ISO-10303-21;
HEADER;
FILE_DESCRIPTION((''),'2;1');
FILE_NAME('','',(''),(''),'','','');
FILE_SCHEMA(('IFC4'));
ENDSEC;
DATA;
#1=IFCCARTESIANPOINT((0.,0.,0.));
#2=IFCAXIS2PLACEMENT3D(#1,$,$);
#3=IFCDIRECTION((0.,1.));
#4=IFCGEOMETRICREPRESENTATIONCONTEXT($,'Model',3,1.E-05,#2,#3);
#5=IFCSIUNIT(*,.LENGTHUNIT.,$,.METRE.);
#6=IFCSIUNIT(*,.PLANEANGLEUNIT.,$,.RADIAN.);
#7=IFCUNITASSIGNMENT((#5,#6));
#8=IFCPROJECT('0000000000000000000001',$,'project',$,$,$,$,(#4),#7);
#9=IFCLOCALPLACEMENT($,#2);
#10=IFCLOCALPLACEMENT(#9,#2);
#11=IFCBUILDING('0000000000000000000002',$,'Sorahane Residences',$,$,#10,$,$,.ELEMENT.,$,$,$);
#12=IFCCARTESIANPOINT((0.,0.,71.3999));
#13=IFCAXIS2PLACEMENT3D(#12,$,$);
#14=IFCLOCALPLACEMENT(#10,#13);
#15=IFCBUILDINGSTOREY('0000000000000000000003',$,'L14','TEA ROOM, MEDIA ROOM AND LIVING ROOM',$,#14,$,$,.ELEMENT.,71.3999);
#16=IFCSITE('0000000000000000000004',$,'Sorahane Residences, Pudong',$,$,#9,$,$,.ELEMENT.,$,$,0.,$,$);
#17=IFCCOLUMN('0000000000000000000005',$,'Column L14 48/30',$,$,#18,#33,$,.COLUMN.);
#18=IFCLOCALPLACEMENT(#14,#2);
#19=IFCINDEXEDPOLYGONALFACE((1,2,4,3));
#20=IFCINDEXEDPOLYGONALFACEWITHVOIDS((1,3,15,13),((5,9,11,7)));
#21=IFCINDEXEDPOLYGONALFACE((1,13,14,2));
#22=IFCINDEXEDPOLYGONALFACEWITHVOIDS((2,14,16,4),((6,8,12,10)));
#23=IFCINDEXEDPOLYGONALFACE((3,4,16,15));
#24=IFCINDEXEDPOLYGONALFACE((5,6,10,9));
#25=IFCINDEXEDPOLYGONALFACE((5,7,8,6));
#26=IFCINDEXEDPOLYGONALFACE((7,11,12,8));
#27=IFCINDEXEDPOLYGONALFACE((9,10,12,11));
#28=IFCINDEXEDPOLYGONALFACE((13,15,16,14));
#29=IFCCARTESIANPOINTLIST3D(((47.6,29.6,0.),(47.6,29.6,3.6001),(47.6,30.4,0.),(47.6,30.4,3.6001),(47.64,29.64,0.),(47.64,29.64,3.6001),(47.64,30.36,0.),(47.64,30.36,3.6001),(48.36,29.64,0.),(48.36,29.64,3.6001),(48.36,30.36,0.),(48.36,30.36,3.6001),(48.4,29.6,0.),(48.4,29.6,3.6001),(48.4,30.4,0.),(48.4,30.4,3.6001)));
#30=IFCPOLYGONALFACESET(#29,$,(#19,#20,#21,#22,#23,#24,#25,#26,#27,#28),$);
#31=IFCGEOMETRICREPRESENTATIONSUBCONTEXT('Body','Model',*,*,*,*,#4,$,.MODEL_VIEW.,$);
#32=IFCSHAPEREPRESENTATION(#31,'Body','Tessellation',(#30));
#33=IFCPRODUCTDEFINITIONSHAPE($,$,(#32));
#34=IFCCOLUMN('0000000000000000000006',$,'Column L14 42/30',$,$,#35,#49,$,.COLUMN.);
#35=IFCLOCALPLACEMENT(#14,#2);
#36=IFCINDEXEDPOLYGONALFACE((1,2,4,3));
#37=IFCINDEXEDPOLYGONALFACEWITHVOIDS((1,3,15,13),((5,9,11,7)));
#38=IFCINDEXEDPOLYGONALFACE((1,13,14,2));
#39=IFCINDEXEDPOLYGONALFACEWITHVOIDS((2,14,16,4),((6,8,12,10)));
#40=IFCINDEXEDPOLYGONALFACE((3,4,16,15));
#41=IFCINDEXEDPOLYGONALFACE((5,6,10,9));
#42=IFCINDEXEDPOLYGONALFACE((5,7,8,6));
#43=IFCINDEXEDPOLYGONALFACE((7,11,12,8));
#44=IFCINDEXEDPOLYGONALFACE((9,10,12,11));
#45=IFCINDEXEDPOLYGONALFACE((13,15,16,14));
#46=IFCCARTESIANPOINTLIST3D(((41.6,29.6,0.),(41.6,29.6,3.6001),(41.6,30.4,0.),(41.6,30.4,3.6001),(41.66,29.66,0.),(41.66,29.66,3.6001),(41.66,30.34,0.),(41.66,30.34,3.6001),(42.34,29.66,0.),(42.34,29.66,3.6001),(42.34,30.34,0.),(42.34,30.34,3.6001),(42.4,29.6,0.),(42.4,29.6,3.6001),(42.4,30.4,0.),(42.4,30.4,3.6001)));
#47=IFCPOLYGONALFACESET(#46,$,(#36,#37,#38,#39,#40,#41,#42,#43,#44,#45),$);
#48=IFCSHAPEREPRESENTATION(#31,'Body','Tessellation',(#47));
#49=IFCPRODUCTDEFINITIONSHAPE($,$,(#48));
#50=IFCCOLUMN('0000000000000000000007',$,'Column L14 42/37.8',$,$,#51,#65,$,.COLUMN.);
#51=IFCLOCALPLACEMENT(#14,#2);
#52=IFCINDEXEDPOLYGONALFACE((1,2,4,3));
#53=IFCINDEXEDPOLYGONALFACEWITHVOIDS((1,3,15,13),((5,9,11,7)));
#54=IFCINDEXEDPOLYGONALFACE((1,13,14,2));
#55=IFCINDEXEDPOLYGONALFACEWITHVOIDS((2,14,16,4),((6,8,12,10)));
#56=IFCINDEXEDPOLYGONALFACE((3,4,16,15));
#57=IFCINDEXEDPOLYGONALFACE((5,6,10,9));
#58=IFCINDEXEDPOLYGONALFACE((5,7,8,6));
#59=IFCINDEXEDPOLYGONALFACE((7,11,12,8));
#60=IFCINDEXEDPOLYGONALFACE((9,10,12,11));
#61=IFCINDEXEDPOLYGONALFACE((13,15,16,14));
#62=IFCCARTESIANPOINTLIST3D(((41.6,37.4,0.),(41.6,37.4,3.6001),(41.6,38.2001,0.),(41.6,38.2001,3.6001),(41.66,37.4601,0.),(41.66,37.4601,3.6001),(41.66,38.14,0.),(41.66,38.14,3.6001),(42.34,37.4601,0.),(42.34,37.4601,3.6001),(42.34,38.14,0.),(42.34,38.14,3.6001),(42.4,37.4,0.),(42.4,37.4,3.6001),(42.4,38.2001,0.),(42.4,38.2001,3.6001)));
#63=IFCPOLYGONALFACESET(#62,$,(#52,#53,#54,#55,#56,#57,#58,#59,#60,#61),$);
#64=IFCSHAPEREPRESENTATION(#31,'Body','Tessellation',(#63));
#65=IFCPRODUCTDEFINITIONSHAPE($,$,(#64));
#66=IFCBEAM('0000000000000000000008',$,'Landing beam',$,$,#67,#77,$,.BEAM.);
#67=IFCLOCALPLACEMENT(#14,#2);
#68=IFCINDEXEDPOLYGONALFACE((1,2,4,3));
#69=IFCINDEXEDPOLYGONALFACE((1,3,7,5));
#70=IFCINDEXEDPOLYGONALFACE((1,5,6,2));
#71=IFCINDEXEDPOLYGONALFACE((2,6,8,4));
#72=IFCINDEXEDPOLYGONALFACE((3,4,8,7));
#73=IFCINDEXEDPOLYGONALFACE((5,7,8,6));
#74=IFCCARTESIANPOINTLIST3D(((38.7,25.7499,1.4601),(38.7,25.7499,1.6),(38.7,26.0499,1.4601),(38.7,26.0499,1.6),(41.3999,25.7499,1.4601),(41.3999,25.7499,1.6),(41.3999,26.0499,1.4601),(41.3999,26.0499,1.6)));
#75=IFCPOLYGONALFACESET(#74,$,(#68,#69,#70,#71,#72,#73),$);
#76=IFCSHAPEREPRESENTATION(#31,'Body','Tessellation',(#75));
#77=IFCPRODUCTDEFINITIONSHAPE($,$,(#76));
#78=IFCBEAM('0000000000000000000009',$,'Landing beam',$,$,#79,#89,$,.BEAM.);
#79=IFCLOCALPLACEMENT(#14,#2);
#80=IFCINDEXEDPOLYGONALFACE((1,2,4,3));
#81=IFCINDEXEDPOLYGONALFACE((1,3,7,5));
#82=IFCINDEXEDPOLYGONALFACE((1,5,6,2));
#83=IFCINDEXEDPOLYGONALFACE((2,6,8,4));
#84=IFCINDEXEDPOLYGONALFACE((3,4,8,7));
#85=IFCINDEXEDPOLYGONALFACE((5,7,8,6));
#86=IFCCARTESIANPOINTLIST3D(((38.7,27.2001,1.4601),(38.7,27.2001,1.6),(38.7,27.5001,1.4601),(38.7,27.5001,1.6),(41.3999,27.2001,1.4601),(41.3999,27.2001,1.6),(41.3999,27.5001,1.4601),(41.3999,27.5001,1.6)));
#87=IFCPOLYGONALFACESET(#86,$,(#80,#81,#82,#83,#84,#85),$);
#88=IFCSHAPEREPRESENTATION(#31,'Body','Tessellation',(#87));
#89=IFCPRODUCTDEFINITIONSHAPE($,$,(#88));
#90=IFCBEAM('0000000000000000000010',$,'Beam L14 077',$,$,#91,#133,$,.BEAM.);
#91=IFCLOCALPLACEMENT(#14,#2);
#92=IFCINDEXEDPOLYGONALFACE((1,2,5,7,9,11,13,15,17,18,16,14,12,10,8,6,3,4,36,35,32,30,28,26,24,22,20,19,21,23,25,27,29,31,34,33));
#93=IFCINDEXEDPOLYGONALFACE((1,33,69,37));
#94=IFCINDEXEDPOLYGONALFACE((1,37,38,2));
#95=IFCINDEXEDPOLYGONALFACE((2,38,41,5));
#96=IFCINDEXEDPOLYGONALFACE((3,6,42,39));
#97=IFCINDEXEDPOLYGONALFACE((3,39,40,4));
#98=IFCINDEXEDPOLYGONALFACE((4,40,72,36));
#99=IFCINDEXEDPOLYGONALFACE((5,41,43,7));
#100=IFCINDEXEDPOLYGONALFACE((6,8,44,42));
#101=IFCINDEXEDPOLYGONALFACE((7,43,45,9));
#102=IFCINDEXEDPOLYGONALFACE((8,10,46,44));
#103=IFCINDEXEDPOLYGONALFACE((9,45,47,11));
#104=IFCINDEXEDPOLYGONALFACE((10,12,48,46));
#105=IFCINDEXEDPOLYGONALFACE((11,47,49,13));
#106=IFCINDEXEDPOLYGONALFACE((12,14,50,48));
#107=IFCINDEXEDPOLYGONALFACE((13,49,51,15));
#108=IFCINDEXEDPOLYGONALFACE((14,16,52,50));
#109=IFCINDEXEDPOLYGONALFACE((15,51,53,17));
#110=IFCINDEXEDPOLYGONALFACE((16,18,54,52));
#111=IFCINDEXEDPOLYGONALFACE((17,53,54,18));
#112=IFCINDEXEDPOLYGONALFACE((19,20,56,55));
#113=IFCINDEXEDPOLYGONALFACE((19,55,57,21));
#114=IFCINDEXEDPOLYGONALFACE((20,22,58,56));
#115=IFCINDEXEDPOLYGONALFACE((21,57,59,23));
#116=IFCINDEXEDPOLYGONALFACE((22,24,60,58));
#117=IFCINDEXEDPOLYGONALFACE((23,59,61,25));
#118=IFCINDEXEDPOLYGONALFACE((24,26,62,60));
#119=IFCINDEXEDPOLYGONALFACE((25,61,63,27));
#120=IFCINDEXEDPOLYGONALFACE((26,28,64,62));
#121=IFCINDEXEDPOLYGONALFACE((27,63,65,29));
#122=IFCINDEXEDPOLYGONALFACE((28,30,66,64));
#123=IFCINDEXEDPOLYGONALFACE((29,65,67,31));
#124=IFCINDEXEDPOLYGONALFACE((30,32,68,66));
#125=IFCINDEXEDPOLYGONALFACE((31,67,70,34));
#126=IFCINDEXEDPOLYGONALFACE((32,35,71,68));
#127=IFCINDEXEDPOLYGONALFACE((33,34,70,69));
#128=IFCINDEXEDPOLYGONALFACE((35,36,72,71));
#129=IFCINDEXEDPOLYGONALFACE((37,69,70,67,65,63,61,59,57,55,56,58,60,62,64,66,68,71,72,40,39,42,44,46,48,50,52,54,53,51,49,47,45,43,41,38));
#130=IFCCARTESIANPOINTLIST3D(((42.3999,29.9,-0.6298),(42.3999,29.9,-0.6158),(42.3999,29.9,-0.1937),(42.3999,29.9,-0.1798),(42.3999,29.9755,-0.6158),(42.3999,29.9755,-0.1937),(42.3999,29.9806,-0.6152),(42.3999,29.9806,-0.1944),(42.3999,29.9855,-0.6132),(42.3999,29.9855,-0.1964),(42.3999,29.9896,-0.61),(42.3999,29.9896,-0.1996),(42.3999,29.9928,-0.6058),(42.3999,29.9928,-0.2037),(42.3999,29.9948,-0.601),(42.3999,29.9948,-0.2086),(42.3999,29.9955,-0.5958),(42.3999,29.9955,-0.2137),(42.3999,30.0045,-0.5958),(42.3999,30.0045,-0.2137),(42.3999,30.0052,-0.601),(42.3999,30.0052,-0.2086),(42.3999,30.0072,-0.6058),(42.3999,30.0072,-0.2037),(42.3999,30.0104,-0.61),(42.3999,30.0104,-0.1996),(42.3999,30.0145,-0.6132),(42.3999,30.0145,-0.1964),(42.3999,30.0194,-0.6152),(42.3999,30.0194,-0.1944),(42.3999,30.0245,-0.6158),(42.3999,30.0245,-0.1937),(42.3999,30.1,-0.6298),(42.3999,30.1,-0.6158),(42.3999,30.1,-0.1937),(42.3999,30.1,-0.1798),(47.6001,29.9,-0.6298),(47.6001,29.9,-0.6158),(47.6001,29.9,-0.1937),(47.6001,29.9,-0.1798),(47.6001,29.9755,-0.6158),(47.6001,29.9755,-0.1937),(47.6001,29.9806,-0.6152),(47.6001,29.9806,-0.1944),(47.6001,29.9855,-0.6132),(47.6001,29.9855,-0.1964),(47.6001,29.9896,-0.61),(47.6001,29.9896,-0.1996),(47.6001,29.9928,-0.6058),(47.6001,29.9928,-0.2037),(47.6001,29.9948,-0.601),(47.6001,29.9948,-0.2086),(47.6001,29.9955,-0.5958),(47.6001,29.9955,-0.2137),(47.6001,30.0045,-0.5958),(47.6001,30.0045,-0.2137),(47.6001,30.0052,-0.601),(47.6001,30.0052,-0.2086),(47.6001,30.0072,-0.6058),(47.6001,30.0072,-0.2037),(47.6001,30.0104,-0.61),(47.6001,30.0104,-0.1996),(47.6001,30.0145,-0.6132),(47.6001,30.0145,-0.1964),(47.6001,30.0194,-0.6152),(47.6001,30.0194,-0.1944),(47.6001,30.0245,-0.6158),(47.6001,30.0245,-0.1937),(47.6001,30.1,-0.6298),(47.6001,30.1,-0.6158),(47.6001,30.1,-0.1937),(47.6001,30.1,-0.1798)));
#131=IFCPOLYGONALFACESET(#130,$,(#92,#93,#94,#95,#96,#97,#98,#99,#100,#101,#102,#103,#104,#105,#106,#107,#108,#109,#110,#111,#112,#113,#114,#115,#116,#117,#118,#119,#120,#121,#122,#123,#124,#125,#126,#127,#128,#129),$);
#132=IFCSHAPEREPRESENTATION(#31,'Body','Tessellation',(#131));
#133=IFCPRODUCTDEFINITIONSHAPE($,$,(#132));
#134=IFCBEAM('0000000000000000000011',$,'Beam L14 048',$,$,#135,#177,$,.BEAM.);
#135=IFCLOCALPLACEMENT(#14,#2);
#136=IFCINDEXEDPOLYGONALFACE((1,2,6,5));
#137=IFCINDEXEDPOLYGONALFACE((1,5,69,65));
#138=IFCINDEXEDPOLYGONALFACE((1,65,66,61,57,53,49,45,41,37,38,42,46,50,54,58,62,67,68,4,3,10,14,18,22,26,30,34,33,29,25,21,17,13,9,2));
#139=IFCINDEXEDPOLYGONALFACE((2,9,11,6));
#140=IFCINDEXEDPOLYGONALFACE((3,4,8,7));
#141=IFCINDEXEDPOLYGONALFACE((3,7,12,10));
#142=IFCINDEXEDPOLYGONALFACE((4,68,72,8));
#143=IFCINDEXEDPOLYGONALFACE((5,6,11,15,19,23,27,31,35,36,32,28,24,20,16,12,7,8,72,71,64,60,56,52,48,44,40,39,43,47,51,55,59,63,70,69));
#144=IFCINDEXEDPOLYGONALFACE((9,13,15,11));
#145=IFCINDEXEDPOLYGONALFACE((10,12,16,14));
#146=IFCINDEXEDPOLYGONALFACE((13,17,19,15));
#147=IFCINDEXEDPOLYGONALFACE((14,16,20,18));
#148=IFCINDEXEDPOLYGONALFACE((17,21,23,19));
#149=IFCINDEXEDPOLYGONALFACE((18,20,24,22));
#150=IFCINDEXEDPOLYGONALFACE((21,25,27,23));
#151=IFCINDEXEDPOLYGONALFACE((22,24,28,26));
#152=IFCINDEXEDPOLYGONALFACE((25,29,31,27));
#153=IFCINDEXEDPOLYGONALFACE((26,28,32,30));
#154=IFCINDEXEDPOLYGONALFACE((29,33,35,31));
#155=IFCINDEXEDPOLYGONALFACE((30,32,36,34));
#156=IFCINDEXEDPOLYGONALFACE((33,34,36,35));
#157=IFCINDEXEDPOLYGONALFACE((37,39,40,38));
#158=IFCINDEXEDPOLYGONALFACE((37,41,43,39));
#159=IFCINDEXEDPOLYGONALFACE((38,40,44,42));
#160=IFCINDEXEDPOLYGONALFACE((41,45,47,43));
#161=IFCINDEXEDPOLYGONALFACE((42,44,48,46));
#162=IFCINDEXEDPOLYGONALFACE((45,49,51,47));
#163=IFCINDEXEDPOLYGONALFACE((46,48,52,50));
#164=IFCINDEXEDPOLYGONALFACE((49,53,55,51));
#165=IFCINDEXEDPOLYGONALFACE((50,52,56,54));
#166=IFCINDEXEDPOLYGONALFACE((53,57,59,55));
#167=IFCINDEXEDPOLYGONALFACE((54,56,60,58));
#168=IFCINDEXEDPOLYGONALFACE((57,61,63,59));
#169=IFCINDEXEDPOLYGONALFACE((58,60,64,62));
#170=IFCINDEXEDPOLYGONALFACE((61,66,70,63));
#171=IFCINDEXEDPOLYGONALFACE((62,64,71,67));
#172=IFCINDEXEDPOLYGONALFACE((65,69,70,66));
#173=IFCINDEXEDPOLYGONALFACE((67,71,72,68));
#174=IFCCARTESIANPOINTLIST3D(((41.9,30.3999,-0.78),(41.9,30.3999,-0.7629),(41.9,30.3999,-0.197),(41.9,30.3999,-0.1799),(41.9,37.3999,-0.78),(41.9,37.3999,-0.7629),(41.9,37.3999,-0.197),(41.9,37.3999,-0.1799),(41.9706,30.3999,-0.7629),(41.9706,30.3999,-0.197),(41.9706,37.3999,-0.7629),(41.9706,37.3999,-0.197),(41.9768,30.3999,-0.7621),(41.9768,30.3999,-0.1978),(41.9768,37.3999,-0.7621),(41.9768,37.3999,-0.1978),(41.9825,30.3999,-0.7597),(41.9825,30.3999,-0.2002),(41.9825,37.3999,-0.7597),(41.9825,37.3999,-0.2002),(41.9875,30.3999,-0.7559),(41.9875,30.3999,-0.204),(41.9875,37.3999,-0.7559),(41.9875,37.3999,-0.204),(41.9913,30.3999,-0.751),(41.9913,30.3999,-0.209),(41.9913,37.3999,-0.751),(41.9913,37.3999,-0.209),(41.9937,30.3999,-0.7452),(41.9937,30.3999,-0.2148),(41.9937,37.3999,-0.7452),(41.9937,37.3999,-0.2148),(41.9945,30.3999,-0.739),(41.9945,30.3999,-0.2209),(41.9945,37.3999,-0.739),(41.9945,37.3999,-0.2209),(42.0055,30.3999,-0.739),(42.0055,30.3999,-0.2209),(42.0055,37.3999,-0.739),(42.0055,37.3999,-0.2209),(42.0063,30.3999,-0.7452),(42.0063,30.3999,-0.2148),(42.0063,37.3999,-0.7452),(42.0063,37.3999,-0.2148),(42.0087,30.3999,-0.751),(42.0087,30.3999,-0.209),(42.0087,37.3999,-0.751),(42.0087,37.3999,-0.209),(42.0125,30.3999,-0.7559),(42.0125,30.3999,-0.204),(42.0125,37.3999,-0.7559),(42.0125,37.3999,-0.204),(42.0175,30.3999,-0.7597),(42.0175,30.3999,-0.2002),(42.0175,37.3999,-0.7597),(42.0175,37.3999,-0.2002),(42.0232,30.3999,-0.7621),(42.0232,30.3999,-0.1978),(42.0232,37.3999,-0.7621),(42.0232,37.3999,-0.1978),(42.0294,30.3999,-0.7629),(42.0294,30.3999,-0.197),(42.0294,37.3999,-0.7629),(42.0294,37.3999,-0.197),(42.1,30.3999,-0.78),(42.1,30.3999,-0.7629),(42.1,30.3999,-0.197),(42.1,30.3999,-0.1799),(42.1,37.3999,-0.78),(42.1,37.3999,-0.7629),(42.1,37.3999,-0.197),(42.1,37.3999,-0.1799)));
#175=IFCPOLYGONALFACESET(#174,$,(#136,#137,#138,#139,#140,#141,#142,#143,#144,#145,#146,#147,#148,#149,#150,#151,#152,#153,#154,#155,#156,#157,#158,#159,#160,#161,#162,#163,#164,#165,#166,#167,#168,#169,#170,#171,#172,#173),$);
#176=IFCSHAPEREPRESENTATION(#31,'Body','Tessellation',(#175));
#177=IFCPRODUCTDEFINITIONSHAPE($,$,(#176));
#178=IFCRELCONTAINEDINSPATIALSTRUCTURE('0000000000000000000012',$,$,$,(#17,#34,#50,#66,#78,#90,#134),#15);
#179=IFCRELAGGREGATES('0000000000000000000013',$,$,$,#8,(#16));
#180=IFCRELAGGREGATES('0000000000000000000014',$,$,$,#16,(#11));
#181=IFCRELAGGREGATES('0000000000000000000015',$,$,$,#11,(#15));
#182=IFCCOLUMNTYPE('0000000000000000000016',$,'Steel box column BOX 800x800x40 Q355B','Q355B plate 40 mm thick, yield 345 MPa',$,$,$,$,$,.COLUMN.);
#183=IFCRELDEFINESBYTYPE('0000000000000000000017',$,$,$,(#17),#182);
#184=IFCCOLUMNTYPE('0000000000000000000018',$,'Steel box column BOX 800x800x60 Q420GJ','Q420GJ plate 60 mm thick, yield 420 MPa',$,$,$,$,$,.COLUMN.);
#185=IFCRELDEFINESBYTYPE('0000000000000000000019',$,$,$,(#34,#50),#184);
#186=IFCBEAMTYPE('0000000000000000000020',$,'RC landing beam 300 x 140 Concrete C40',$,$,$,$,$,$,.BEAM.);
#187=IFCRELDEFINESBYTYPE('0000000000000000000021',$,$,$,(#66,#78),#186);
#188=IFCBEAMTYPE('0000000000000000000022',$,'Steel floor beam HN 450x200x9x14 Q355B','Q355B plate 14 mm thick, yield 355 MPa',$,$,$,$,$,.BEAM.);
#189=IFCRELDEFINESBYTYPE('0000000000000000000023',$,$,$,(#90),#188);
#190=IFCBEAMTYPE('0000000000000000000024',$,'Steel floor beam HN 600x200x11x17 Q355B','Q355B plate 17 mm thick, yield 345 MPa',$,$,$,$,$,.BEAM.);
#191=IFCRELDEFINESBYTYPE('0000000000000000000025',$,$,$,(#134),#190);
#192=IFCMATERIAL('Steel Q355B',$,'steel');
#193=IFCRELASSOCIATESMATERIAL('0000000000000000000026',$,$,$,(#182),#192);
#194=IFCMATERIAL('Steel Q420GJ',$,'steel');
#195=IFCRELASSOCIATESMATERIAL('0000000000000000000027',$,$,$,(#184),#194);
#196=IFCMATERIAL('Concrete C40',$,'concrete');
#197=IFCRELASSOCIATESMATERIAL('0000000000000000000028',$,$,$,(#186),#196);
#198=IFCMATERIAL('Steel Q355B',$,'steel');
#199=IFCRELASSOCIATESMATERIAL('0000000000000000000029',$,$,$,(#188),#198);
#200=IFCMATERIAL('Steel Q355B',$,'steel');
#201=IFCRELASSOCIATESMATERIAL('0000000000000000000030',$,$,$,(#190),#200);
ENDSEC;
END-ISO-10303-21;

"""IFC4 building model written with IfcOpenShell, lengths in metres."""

from ifc_helpers import new_model, si_unit, direction, frame, origin, origin_2d, place, context, subcontext, project, spatial, rectangle, hollow_rectangle, i_section, extrude, material, material_profile, profile_set, type_object, element, save


model = new_model("IFC4")

# Units and contexts
model_context = context("Model", 3, precision=1e-05, world=origin(), true_north=direction((0.0, 1.0)))
body_context = subcontext(model_context, "Body", "Model", "MODEL_VIEW")
ifc_project = project(units=[si_unit("LENGTHUNIT", "METRE"), si_unit("PLANEANGLEUNIT", "RADIAN")], contexts=[model_context])

# Site, building, storey
site_placement = place(None, origin())
site = spatial("IfcSite", under=ifc_project, at=site_placement, Name="Sorahane Residences, Pudong", CompositionType="ELEMENT", RefElevation=0.0)
building_placement = place(site_placement, origin())
building = spatial("IfcBuilding", under=site, at=building_placement, Name="Sorahane Residences", CompositionType="ELEMENT")
storey_placement = place(building_placement, frame((0.0, 0.0, 71.3999)))
storey = spatial("IfcBuildingStorey", under=building, at=storey_placement, Name="L14", Description="TEA ROOM, MEDIA ROOM AND LIVING ROOM", CompositionType="ELEMENT", Elevation=71.3999)

# Columns
ifc_material_1 = material(Name="Steel Q355B", Category="steel")
ifc_material_profile_1 = material_profile(ifc_material_1, hollow_rectangle(XDim=0.8, YDim=0.8, WallThickness=0.04, at=origin_2d()), Name="BOX 800x800x40")
ifc_profile_set_1 = profile_set([ifc_material_profile_1], Name="Steel Q355B")
column_type_1 = type_object("IfcColumnType", Name="Steel box column BOX 800x800x40 Q355B", Description="Q355B plate 40 mm thick, yield 345 MPa", PredefinedType="COLUMN", material=ifc_profile_set_1)
column_placement = place(storey_placement, frame((48.0, 30.0, 0.0), z_axis=(0.0, 0.0, 1.0), x_axis=(1.0, 0.0, 0.0)))
element("IfcColumn", 1, at=column_placement, inside=storey, type_object=column_type_1, Name="Column L14 48/30", PredefinedType="COLUMN", context=body_context, shape_type="SweptSolid", body=[
    extrude(hollow_rectangle(XDim=0.8, YDim=0.8, WallThickness=0.04, at=origin_2d()), origin(), (0.0, 0.0, 1.0), 3.6001),
])
ifc_material_2 = material(Name="Steel Q420GJ", Category="steel")
ifc_material_profile_2 = material_profile(ifc_material_2, hollow_rectangle(XDim=0.8, YDim=0.8, WallThickness=0.0601, at=origin_2d()), Name="BOX 800x800x60")
ifc_profile_set_2 = profile_set([ifc_material_profile_2], Name="Steel Q420GJ")
column_type_2 = type_object("IfcColumnType", Name="Steel box column BOX 800x800x60 Q420GJ", Description="Q420GJ plate 60 mm thick, yield 420 MPa", PredefinedType="COLUMN", material=ifc_profile_set_2)
for number, where, z_axis, x_axis, name in (
    (2, (42.0, 30.0, 0.0), (0.0, 0.0, 1.0), (1.0, 0.0, 0.0), "Column L14 42/30"),
    (3, (42.0, 37.8, 0.0), (0.0, 0.0, 1.0), (1.0, 0.0, 0.0), "Column L14 42/37.8"),
):
    element("IfcColumn", number, at=place(storey_placement, frame(where, z_axis=z_axis, x_axis=x_axis)), inside=storey, type_object=column_type_2, Name=name, PredefinedType="COLUMN", context=body_context, shape_type="SweptSolid", body=[
        extrude(hollow_rectangle(XDim=0.8, YDim=0.8, WallThickness=0.0601, at=origin_2d()), origin(), (0.0, 0.0, 1.0), 3.6001),
    ])

# Beams
ifc_material_3 = material(Name="Concrete C40", Category="concrete")
ifc_material_profile_3 = material_profile(ifc_material_3, rectangle(XDim=0.3, YDim=0.1399, at=origin_2d()), Name="300x140")
ifc_profile_set_3 = profile_set([ifc_material_profile_3], Name="Concrete C40")
beam_type_1 = type_object("IfcBeamType", Name="RC landing beam 300 x 140 Concrete C40", PredefinedType="BEAM", material=ifc_profile_set_3)
for number, where, z_axis, x_axis, name in (
    (4, (38.7, 25.8999, 1.53), (1.0, 0.0, 0.0), (0.0, 1.0, 0.0), "Landing beam"),
    (5, (38.7, 27.3501, 1.53), (1.0, 0.0, 0.0), (0.0, 1.0, 0.0), "Landing beam"),
):
    element("IfcBeam", number, at=place(storey_placement, frame(where, z_axis=z_axis, x_axis=x_axis)), inside=storey, type_object=beam_type_1, Name=name, PredefinedType="BEAM", context=body_context, shape_type="SweptSolid", body=[
        extrude(rectangle(XDim=0.3, YDim=0.1399, at=origin_2d()), origin(), (0.0, 0.0, 1.0), 2.7),
    ])
ifc_material_4 = material(Name="Steel Q355B", Category="steel")
ifc_material_profile_4 = material_profile(ifc_material_4, i_section(OverallWidth=0.2, OverallDepth=0.45, WebThickness=0.009, FlangeThickness=0.0139, FilletRadius=0.02, at=origin_2d()), Name="HN 450x200x9x14")
ifc_profile_set_4 = profile_set([ifc_material_profile_4], Name="Steel Q355B")
beam_type_2 = type_object("IfcBeamType", Name="Steel floor beam HN 450x200x9x14 Q355B", Description="Q355B plate 14 mm thick, yield 355 MPa", PredefinedType="BEAM", material=ifc_profile_set_4)
beam_placement = place(storey_placement, frame((42.3999, 30.0, -0.4048), z_axis=(1.0, 0.0, 0.0), x_axis=(0.0, 1.0, 0.0)))
element("IfcBeam", 6, at=beam_placement, inside=storey, type_object=beam_type_2, Name="Beam L14 077", PredefinedType="BEAM", context=body_context, shape_type="SweptSolid", body=[
    extrude(i_section(OverallWidth=0.2, OverallDepth=0.45, WebThickness=0.009, FlangeThickness=0.0139, FilletRadius=0.02, at=origin_2d()), origin(), (0.0, 0.0, 1.0), 5.2002),
])
ifc_material_5 = material(Name="Steel Q355B", Category="steel")
ifc_material_profile_5 = material_profile(ifc_material_5, i_section(OverallWidth=0.2, OverallDepth=0.6001, WebThickness=0.011, FlangeThickness=0.0171, FilletRadius=0.0239, at=origin_2d()), Name="HN 600x200x11x17")
ifc_profile_set_5 = profile_set([ifc_material_profile_5], Name="Steel Q355B")
beam_type_3 = type_object("IfcBeamType", Name="Steel floor beam HN 600x200x11x17 Q355B", Description="Q355B plate 17 mm thick, yield 345 MPa", PredefinedType="BEAM", material=ifc_profile_set_5)
for number, where, z_axis, x_axis, name in (
    (7, (42.0, 30.3999, -0.48), (0.0, 1.0, 0.0), (-1.0, 0.0, 0.0), "Beam L14 048"),
):
    element("IfcBeam", number, at=place(storey_placement, frame(where, z_axis=z_axis, x_axis=x_axis)), inside=storey, type_object=beam_type_3, Name=name, PredefinedType="BEAM", context=body_context, shape_type="SweptSolid", body=[
        extrude(i_section(OverallWidth=0.2, OverallDepth=0.6001, WebThickness=0.011, FlangeThickness=0.0171, FilletRadius=0.0239, at=origin_2d()), origin(), (0.0, 0.0, 1.0), 7.0),
    ])

save(model, "model.ifc")
